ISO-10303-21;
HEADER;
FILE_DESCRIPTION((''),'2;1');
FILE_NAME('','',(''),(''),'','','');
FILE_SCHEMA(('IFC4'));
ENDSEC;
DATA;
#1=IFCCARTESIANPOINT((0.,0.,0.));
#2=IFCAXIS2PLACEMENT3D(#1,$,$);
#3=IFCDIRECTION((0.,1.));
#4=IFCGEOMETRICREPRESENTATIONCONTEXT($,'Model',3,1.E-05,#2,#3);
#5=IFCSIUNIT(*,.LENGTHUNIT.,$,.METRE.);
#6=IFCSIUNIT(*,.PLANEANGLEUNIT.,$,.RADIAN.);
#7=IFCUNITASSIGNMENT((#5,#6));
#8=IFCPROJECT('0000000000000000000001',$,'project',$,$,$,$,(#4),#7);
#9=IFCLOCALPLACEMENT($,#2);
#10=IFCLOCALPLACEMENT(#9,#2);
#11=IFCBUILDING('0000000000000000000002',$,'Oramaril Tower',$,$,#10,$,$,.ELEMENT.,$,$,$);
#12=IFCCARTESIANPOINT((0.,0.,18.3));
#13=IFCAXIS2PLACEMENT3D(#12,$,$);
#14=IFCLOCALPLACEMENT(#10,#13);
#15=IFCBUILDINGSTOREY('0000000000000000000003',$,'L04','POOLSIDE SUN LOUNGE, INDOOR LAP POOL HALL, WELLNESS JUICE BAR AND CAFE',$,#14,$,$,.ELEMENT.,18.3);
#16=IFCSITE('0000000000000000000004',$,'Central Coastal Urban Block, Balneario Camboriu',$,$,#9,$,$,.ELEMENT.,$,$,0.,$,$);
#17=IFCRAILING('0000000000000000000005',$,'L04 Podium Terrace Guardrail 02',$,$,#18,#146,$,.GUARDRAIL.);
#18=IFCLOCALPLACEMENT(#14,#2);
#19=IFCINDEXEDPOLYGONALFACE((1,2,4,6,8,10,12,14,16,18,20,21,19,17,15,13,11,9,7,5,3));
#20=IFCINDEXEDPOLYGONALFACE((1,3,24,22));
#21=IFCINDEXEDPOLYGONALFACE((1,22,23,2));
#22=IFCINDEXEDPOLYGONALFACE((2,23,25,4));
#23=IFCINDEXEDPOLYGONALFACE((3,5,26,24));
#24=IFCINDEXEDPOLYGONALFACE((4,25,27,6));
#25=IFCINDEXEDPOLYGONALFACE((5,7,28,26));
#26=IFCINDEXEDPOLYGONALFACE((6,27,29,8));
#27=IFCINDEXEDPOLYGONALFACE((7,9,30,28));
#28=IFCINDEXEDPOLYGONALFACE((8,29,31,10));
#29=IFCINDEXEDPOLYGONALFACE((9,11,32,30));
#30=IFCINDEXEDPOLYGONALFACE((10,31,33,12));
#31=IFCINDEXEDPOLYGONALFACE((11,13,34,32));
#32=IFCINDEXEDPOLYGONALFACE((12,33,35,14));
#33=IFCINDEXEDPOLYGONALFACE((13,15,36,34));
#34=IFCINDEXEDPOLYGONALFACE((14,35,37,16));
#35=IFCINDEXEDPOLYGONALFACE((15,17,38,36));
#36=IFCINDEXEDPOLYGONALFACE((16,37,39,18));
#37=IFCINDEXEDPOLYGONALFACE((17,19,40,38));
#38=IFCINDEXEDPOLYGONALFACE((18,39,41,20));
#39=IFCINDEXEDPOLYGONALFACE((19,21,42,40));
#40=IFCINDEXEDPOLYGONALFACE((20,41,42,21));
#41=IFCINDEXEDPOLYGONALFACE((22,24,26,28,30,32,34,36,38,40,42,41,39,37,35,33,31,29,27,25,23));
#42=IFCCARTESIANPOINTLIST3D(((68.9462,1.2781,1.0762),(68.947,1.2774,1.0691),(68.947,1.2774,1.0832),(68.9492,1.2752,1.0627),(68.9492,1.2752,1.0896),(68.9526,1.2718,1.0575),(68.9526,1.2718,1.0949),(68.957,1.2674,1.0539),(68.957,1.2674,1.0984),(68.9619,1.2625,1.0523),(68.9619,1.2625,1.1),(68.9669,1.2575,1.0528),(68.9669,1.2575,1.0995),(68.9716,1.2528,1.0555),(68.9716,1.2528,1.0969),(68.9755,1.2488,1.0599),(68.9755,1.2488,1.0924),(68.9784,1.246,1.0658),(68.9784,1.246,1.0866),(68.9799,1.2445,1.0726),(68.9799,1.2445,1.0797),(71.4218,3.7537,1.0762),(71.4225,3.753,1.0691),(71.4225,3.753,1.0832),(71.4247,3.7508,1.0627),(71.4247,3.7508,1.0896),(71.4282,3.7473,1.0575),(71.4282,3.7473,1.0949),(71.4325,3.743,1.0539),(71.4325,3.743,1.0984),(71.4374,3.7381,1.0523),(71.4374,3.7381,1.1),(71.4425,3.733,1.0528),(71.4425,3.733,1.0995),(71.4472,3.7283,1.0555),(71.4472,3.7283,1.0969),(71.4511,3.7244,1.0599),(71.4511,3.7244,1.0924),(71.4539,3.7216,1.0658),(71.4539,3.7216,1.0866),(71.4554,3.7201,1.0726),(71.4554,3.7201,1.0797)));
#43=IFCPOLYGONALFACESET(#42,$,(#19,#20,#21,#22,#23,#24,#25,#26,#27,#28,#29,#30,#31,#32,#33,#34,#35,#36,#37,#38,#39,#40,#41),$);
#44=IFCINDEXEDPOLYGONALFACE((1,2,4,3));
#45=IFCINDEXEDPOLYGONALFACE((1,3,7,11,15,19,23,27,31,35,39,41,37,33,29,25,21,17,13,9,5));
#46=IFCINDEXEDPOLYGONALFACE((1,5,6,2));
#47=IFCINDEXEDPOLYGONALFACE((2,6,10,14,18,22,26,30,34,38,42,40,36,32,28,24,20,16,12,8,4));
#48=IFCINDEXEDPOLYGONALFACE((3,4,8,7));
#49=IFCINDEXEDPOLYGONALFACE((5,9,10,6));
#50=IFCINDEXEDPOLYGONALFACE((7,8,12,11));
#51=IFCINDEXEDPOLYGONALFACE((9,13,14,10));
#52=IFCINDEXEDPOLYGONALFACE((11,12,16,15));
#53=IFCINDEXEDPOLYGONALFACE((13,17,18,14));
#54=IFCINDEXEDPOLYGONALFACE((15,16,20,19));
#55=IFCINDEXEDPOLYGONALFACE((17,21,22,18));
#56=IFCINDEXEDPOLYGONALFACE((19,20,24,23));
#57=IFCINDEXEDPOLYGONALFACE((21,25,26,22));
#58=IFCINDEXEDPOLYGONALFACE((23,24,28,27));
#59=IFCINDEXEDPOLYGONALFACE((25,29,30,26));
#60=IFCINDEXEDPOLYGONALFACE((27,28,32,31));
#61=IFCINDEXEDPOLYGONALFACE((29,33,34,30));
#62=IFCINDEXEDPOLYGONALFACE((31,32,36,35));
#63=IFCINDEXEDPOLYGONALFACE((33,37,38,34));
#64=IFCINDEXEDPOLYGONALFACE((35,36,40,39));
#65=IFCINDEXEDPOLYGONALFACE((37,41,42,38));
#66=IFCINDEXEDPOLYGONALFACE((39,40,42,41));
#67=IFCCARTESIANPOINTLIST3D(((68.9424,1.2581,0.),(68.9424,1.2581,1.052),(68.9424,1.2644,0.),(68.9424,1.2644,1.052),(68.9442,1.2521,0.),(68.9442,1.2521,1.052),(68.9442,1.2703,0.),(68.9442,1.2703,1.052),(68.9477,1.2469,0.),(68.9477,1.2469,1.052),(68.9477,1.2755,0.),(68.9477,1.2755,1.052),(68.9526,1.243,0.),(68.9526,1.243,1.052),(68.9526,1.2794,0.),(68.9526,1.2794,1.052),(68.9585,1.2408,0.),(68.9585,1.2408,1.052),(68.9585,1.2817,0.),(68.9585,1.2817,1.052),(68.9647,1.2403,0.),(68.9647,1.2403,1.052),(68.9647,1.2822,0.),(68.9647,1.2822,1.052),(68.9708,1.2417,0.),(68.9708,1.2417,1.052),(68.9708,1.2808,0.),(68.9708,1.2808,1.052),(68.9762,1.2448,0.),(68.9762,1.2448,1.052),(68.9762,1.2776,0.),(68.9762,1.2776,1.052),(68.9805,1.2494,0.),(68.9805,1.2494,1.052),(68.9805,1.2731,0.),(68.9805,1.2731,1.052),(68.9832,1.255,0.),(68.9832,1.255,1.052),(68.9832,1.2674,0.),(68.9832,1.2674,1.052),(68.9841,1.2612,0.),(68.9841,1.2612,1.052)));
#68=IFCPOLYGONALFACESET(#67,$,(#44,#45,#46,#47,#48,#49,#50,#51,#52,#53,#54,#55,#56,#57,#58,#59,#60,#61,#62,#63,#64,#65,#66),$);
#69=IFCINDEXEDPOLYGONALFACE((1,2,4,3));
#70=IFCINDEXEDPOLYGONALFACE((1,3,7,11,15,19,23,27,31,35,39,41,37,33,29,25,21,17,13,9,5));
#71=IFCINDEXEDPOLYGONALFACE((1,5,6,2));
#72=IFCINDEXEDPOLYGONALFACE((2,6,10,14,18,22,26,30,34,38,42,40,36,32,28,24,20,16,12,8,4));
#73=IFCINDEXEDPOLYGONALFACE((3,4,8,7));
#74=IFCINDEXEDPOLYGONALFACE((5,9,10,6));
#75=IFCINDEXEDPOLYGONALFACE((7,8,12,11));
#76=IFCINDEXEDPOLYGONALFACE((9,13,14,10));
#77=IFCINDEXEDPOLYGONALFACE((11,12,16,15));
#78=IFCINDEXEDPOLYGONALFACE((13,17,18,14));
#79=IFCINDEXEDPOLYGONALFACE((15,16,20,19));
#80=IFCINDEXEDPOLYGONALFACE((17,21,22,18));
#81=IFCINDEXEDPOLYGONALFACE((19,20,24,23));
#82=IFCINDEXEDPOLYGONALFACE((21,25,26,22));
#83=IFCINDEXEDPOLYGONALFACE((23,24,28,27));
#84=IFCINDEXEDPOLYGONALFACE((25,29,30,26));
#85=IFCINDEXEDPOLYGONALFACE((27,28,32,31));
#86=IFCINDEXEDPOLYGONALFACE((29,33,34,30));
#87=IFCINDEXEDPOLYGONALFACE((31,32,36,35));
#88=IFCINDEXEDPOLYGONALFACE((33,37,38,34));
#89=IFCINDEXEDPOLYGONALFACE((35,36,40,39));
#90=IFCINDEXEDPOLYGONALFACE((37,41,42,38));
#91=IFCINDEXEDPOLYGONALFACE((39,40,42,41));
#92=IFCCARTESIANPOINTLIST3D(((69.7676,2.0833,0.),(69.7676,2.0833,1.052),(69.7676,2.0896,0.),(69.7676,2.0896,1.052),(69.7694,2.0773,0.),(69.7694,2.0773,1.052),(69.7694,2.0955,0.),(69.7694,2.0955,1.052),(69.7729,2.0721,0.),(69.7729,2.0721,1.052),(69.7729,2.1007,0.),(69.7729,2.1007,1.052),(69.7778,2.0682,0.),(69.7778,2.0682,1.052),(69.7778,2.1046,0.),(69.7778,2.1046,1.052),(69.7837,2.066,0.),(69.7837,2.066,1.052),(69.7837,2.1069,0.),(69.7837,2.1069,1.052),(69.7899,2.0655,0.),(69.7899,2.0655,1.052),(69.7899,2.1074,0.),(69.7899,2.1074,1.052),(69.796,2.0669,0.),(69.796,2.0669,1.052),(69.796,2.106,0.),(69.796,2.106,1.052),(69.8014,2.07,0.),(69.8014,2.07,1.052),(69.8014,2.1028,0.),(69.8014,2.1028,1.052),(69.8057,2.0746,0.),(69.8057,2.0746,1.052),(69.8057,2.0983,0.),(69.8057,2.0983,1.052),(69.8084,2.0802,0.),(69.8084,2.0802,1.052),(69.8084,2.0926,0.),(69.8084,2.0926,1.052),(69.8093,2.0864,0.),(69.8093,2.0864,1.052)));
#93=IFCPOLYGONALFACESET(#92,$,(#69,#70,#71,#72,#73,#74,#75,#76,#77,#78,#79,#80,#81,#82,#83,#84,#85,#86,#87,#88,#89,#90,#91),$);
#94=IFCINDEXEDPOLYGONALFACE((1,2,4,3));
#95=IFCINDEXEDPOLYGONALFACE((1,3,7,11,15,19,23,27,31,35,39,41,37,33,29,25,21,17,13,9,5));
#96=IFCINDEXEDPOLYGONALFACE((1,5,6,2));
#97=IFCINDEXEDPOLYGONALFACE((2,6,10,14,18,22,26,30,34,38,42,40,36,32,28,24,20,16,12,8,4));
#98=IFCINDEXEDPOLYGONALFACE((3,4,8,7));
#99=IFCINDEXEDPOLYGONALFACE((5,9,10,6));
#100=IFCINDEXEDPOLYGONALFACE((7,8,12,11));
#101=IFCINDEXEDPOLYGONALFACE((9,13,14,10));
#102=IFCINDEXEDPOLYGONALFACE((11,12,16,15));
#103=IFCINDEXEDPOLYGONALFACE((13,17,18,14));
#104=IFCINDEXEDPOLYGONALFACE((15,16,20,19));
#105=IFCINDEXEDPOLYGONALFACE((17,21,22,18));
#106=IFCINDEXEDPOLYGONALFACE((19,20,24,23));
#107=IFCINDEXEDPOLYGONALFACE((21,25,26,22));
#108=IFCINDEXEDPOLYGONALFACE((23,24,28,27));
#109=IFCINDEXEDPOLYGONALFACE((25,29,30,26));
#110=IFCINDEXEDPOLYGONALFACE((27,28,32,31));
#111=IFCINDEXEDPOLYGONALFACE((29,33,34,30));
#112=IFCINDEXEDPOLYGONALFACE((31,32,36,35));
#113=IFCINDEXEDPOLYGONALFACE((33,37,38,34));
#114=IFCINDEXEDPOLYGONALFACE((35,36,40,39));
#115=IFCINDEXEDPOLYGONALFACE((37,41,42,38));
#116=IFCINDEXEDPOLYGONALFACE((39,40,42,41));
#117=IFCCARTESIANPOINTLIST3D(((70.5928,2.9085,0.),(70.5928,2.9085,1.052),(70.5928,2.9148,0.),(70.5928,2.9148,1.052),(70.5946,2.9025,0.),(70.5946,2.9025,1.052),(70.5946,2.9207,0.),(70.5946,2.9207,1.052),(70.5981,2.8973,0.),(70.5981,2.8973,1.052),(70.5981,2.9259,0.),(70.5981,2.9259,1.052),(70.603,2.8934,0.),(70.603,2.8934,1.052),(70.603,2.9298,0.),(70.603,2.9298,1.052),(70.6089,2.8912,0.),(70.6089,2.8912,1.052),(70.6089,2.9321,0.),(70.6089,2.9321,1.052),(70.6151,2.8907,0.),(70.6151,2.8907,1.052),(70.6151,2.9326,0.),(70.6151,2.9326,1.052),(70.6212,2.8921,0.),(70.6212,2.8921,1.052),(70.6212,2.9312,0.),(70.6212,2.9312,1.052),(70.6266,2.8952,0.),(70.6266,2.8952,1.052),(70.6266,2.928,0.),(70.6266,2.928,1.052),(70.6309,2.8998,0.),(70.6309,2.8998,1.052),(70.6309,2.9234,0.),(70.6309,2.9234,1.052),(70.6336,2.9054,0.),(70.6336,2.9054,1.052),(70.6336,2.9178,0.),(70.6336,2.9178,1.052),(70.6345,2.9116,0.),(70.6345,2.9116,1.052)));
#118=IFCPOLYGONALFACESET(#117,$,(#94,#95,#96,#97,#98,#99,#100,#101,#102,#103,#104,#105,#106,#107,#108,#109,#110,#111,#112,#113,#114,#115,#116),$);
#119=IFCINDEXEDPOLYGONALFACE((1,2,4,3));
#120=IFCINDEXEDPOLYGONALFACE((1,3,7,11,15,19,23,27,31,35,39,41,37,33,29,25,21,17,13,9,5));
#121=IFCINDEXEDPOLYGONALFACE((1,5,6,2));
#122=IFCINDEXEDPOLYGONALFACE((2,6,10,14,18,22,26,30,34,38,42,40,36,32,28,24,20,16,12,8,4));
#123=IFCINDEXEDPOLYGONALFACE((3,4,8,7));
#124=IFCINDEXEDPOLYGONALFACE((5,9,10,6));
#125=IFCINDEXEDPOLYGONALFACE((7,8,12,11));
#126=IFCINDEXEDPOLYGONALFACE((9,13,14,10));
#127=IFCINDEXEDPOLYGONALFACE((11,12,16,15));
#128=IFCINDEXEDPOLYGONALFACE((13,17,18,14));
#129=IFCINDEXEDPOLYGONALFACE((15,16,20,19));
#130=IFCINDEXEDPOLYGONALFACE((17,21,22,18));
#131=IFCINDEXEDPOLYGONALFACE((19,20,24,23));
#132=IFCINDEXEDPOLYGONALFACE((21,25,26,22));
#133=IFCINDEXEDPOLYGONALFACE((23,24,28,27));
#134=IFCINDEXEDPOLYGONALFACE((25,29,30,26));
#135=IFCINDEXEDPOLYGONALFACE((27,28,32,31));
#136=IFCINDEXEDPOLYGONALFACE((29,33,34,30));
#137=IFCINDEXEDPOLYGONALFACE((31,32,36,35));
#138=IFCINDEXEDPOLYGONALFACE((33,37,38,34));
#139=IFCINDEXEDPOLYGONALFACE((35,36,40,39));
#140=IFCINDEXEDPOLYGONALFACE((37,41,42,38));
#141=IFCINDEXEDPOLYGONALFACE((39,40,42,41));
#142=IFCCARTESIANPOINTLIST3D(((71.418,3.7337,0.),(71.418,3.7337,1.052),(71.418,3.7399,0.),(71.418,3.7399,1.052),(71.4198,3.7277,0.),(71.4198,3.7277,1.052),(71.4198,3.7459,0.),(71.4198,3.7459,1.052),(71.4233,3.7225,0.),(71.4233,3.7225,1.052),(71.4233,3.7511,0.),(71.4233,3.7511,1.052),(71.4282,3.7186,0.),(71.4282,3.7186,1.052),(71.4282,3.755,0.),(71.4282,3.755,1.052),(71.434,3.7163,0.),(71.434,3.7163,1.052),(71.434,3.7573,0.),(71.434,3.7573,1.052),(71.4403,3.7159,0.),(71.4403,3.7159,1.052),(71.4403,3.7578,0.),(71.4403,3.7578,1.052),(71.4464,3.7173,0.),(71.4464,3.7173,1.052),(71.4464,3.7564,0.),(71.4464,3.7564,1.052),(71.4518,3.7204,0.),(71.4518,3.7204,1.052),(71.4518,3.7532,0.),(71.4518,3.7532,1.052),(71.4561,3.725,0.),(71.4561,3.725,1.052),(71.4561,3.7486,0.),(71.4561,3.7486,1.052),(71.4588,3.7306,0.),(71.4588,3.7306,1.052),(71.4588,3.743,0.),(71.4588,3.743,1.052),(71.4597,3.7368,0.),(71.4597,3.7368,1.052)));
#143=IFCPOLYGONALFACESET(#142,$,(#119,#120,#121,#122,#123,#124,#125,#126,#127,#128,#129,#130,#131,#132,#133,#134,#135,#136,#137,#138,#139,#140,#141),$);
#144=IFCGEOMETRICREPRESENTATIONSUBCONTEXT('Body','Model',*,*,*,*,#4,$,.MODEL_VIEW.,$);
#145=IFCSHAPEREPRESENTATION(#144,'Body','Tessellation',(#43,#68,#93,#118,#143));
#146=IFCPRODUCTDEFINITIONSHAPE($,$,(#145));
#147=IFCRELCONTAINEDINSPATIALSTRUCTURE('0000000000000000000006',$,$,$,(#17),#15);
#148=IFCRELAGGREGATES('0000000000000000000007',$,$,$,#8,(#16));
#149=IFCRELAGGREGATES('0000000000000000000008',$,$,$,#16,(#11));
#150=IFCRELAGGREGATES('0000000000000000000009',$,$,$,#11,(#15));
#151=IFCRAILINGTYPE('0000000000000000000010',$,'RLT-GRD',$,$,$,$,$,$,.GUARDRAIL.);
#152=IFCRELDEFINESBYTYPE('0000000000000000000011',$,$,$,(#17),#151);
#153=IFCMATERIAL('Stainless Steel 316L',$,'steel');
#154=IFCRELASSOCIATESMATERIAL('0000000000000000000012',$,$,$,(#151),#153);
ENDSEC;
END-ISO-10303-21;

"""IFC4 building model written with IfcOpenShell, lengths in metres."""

from ifc_helpers import new_model, si_unit, direction, frame, origin, origin_2d, place, context, subcontext, project, spatial, circle, extrude, material, type_object, element, save


model = new_model("IFC4")

# Units and contexts
model_context = context("Model", 3, precision=1e-05, world=origin(), true_north=direction((0.0, 1.0)))
body_context = subcontext(model_context, "Body", "Model", "MODEL_VIEW")
ifc_project = project(units=[si_unit("LENGTHUNIT", "METRE"), si_unit("PLANEANGLEUNIT", "RADIAN")], contexts=[model_context])

# Site, building, storey
site_placement = place(None, origin())
site = spatial("IfcSite", under=ifc_project, at=site_placement, Name="Central Coastal Urban Block, Balneario Camboriu", CompositionType="ELEMENT", RefElevation=0.0)
building_placement = place(site_placement, origin())
building = spatial("IfcBuilding", under=site, at=building_placement, Name="Oramaril Tower", CompositionType="ELEMENT")
storey_placement = place(building_placement, frame((0.0, 0.0, 18.3)))
storey = spatial("IfcBuildingStorey", under=building, at=storey_placement, Name="L04", Description="POOLSIDE SUN LOUNGE, INDOOR LAP POOL HALL, WELLNESS JUICE BAR AND CAFE", CompositionType="ELEMENT", Elevation=18.3)

# Railing
ifc_material_1 = material(Name="Stainless Steel 316L", Category="steel")
railing_type_1 = type_object("IfcRailingType", Name="RLT-GRD", PredefinedType="GUARDRAIL", material=ifc_material_1)
railing_1_placement = place(storey_placement, frame((68.9631, 1.2612, 0.0)))
element("IfcRailing", 1, at=railing_1_placement, inside=storey, type_object=railing_type_1, Name="L04 Podium Terrace Guardrail 02", PredefinedType="GUARDRAIL", context=body_context, shape_type="SweptSolid", body=[
    extrude(circle(Radius=0.0239, at=origin_2d()), frame((0.0, 0.0, 1.0762), z_axis=(0.707107, 0.707107, 0.0), x_axis=(-0.707107, 0.707107, 0.0)), (0.0, 0.0, 1.0), 3.501),
    extrude(circle(Radius=0.021, at=origin_2d()), origin(), (0.0, 0.0, 1.0), 1.052),
    extrude(circle(Radius=0.021, at=origin_2d()), frame((0.8252, 0.8252, 0.0)), (0.0, 0.0, 1.0), 1.052),
    extrude(circle(Radius=0.021, at=origin_2d()), frame((1.6504, 1.6504, 0.0)), (0.0, 0.0, 1.0), 1.052),
    extrude(circle(Radius=0.021, at=origin_2d()), frame((2.4756, 2.4756, 0.0)), (0.0, 0.0, 1.0), 1.052),
])

save(model, "model.ifc")
